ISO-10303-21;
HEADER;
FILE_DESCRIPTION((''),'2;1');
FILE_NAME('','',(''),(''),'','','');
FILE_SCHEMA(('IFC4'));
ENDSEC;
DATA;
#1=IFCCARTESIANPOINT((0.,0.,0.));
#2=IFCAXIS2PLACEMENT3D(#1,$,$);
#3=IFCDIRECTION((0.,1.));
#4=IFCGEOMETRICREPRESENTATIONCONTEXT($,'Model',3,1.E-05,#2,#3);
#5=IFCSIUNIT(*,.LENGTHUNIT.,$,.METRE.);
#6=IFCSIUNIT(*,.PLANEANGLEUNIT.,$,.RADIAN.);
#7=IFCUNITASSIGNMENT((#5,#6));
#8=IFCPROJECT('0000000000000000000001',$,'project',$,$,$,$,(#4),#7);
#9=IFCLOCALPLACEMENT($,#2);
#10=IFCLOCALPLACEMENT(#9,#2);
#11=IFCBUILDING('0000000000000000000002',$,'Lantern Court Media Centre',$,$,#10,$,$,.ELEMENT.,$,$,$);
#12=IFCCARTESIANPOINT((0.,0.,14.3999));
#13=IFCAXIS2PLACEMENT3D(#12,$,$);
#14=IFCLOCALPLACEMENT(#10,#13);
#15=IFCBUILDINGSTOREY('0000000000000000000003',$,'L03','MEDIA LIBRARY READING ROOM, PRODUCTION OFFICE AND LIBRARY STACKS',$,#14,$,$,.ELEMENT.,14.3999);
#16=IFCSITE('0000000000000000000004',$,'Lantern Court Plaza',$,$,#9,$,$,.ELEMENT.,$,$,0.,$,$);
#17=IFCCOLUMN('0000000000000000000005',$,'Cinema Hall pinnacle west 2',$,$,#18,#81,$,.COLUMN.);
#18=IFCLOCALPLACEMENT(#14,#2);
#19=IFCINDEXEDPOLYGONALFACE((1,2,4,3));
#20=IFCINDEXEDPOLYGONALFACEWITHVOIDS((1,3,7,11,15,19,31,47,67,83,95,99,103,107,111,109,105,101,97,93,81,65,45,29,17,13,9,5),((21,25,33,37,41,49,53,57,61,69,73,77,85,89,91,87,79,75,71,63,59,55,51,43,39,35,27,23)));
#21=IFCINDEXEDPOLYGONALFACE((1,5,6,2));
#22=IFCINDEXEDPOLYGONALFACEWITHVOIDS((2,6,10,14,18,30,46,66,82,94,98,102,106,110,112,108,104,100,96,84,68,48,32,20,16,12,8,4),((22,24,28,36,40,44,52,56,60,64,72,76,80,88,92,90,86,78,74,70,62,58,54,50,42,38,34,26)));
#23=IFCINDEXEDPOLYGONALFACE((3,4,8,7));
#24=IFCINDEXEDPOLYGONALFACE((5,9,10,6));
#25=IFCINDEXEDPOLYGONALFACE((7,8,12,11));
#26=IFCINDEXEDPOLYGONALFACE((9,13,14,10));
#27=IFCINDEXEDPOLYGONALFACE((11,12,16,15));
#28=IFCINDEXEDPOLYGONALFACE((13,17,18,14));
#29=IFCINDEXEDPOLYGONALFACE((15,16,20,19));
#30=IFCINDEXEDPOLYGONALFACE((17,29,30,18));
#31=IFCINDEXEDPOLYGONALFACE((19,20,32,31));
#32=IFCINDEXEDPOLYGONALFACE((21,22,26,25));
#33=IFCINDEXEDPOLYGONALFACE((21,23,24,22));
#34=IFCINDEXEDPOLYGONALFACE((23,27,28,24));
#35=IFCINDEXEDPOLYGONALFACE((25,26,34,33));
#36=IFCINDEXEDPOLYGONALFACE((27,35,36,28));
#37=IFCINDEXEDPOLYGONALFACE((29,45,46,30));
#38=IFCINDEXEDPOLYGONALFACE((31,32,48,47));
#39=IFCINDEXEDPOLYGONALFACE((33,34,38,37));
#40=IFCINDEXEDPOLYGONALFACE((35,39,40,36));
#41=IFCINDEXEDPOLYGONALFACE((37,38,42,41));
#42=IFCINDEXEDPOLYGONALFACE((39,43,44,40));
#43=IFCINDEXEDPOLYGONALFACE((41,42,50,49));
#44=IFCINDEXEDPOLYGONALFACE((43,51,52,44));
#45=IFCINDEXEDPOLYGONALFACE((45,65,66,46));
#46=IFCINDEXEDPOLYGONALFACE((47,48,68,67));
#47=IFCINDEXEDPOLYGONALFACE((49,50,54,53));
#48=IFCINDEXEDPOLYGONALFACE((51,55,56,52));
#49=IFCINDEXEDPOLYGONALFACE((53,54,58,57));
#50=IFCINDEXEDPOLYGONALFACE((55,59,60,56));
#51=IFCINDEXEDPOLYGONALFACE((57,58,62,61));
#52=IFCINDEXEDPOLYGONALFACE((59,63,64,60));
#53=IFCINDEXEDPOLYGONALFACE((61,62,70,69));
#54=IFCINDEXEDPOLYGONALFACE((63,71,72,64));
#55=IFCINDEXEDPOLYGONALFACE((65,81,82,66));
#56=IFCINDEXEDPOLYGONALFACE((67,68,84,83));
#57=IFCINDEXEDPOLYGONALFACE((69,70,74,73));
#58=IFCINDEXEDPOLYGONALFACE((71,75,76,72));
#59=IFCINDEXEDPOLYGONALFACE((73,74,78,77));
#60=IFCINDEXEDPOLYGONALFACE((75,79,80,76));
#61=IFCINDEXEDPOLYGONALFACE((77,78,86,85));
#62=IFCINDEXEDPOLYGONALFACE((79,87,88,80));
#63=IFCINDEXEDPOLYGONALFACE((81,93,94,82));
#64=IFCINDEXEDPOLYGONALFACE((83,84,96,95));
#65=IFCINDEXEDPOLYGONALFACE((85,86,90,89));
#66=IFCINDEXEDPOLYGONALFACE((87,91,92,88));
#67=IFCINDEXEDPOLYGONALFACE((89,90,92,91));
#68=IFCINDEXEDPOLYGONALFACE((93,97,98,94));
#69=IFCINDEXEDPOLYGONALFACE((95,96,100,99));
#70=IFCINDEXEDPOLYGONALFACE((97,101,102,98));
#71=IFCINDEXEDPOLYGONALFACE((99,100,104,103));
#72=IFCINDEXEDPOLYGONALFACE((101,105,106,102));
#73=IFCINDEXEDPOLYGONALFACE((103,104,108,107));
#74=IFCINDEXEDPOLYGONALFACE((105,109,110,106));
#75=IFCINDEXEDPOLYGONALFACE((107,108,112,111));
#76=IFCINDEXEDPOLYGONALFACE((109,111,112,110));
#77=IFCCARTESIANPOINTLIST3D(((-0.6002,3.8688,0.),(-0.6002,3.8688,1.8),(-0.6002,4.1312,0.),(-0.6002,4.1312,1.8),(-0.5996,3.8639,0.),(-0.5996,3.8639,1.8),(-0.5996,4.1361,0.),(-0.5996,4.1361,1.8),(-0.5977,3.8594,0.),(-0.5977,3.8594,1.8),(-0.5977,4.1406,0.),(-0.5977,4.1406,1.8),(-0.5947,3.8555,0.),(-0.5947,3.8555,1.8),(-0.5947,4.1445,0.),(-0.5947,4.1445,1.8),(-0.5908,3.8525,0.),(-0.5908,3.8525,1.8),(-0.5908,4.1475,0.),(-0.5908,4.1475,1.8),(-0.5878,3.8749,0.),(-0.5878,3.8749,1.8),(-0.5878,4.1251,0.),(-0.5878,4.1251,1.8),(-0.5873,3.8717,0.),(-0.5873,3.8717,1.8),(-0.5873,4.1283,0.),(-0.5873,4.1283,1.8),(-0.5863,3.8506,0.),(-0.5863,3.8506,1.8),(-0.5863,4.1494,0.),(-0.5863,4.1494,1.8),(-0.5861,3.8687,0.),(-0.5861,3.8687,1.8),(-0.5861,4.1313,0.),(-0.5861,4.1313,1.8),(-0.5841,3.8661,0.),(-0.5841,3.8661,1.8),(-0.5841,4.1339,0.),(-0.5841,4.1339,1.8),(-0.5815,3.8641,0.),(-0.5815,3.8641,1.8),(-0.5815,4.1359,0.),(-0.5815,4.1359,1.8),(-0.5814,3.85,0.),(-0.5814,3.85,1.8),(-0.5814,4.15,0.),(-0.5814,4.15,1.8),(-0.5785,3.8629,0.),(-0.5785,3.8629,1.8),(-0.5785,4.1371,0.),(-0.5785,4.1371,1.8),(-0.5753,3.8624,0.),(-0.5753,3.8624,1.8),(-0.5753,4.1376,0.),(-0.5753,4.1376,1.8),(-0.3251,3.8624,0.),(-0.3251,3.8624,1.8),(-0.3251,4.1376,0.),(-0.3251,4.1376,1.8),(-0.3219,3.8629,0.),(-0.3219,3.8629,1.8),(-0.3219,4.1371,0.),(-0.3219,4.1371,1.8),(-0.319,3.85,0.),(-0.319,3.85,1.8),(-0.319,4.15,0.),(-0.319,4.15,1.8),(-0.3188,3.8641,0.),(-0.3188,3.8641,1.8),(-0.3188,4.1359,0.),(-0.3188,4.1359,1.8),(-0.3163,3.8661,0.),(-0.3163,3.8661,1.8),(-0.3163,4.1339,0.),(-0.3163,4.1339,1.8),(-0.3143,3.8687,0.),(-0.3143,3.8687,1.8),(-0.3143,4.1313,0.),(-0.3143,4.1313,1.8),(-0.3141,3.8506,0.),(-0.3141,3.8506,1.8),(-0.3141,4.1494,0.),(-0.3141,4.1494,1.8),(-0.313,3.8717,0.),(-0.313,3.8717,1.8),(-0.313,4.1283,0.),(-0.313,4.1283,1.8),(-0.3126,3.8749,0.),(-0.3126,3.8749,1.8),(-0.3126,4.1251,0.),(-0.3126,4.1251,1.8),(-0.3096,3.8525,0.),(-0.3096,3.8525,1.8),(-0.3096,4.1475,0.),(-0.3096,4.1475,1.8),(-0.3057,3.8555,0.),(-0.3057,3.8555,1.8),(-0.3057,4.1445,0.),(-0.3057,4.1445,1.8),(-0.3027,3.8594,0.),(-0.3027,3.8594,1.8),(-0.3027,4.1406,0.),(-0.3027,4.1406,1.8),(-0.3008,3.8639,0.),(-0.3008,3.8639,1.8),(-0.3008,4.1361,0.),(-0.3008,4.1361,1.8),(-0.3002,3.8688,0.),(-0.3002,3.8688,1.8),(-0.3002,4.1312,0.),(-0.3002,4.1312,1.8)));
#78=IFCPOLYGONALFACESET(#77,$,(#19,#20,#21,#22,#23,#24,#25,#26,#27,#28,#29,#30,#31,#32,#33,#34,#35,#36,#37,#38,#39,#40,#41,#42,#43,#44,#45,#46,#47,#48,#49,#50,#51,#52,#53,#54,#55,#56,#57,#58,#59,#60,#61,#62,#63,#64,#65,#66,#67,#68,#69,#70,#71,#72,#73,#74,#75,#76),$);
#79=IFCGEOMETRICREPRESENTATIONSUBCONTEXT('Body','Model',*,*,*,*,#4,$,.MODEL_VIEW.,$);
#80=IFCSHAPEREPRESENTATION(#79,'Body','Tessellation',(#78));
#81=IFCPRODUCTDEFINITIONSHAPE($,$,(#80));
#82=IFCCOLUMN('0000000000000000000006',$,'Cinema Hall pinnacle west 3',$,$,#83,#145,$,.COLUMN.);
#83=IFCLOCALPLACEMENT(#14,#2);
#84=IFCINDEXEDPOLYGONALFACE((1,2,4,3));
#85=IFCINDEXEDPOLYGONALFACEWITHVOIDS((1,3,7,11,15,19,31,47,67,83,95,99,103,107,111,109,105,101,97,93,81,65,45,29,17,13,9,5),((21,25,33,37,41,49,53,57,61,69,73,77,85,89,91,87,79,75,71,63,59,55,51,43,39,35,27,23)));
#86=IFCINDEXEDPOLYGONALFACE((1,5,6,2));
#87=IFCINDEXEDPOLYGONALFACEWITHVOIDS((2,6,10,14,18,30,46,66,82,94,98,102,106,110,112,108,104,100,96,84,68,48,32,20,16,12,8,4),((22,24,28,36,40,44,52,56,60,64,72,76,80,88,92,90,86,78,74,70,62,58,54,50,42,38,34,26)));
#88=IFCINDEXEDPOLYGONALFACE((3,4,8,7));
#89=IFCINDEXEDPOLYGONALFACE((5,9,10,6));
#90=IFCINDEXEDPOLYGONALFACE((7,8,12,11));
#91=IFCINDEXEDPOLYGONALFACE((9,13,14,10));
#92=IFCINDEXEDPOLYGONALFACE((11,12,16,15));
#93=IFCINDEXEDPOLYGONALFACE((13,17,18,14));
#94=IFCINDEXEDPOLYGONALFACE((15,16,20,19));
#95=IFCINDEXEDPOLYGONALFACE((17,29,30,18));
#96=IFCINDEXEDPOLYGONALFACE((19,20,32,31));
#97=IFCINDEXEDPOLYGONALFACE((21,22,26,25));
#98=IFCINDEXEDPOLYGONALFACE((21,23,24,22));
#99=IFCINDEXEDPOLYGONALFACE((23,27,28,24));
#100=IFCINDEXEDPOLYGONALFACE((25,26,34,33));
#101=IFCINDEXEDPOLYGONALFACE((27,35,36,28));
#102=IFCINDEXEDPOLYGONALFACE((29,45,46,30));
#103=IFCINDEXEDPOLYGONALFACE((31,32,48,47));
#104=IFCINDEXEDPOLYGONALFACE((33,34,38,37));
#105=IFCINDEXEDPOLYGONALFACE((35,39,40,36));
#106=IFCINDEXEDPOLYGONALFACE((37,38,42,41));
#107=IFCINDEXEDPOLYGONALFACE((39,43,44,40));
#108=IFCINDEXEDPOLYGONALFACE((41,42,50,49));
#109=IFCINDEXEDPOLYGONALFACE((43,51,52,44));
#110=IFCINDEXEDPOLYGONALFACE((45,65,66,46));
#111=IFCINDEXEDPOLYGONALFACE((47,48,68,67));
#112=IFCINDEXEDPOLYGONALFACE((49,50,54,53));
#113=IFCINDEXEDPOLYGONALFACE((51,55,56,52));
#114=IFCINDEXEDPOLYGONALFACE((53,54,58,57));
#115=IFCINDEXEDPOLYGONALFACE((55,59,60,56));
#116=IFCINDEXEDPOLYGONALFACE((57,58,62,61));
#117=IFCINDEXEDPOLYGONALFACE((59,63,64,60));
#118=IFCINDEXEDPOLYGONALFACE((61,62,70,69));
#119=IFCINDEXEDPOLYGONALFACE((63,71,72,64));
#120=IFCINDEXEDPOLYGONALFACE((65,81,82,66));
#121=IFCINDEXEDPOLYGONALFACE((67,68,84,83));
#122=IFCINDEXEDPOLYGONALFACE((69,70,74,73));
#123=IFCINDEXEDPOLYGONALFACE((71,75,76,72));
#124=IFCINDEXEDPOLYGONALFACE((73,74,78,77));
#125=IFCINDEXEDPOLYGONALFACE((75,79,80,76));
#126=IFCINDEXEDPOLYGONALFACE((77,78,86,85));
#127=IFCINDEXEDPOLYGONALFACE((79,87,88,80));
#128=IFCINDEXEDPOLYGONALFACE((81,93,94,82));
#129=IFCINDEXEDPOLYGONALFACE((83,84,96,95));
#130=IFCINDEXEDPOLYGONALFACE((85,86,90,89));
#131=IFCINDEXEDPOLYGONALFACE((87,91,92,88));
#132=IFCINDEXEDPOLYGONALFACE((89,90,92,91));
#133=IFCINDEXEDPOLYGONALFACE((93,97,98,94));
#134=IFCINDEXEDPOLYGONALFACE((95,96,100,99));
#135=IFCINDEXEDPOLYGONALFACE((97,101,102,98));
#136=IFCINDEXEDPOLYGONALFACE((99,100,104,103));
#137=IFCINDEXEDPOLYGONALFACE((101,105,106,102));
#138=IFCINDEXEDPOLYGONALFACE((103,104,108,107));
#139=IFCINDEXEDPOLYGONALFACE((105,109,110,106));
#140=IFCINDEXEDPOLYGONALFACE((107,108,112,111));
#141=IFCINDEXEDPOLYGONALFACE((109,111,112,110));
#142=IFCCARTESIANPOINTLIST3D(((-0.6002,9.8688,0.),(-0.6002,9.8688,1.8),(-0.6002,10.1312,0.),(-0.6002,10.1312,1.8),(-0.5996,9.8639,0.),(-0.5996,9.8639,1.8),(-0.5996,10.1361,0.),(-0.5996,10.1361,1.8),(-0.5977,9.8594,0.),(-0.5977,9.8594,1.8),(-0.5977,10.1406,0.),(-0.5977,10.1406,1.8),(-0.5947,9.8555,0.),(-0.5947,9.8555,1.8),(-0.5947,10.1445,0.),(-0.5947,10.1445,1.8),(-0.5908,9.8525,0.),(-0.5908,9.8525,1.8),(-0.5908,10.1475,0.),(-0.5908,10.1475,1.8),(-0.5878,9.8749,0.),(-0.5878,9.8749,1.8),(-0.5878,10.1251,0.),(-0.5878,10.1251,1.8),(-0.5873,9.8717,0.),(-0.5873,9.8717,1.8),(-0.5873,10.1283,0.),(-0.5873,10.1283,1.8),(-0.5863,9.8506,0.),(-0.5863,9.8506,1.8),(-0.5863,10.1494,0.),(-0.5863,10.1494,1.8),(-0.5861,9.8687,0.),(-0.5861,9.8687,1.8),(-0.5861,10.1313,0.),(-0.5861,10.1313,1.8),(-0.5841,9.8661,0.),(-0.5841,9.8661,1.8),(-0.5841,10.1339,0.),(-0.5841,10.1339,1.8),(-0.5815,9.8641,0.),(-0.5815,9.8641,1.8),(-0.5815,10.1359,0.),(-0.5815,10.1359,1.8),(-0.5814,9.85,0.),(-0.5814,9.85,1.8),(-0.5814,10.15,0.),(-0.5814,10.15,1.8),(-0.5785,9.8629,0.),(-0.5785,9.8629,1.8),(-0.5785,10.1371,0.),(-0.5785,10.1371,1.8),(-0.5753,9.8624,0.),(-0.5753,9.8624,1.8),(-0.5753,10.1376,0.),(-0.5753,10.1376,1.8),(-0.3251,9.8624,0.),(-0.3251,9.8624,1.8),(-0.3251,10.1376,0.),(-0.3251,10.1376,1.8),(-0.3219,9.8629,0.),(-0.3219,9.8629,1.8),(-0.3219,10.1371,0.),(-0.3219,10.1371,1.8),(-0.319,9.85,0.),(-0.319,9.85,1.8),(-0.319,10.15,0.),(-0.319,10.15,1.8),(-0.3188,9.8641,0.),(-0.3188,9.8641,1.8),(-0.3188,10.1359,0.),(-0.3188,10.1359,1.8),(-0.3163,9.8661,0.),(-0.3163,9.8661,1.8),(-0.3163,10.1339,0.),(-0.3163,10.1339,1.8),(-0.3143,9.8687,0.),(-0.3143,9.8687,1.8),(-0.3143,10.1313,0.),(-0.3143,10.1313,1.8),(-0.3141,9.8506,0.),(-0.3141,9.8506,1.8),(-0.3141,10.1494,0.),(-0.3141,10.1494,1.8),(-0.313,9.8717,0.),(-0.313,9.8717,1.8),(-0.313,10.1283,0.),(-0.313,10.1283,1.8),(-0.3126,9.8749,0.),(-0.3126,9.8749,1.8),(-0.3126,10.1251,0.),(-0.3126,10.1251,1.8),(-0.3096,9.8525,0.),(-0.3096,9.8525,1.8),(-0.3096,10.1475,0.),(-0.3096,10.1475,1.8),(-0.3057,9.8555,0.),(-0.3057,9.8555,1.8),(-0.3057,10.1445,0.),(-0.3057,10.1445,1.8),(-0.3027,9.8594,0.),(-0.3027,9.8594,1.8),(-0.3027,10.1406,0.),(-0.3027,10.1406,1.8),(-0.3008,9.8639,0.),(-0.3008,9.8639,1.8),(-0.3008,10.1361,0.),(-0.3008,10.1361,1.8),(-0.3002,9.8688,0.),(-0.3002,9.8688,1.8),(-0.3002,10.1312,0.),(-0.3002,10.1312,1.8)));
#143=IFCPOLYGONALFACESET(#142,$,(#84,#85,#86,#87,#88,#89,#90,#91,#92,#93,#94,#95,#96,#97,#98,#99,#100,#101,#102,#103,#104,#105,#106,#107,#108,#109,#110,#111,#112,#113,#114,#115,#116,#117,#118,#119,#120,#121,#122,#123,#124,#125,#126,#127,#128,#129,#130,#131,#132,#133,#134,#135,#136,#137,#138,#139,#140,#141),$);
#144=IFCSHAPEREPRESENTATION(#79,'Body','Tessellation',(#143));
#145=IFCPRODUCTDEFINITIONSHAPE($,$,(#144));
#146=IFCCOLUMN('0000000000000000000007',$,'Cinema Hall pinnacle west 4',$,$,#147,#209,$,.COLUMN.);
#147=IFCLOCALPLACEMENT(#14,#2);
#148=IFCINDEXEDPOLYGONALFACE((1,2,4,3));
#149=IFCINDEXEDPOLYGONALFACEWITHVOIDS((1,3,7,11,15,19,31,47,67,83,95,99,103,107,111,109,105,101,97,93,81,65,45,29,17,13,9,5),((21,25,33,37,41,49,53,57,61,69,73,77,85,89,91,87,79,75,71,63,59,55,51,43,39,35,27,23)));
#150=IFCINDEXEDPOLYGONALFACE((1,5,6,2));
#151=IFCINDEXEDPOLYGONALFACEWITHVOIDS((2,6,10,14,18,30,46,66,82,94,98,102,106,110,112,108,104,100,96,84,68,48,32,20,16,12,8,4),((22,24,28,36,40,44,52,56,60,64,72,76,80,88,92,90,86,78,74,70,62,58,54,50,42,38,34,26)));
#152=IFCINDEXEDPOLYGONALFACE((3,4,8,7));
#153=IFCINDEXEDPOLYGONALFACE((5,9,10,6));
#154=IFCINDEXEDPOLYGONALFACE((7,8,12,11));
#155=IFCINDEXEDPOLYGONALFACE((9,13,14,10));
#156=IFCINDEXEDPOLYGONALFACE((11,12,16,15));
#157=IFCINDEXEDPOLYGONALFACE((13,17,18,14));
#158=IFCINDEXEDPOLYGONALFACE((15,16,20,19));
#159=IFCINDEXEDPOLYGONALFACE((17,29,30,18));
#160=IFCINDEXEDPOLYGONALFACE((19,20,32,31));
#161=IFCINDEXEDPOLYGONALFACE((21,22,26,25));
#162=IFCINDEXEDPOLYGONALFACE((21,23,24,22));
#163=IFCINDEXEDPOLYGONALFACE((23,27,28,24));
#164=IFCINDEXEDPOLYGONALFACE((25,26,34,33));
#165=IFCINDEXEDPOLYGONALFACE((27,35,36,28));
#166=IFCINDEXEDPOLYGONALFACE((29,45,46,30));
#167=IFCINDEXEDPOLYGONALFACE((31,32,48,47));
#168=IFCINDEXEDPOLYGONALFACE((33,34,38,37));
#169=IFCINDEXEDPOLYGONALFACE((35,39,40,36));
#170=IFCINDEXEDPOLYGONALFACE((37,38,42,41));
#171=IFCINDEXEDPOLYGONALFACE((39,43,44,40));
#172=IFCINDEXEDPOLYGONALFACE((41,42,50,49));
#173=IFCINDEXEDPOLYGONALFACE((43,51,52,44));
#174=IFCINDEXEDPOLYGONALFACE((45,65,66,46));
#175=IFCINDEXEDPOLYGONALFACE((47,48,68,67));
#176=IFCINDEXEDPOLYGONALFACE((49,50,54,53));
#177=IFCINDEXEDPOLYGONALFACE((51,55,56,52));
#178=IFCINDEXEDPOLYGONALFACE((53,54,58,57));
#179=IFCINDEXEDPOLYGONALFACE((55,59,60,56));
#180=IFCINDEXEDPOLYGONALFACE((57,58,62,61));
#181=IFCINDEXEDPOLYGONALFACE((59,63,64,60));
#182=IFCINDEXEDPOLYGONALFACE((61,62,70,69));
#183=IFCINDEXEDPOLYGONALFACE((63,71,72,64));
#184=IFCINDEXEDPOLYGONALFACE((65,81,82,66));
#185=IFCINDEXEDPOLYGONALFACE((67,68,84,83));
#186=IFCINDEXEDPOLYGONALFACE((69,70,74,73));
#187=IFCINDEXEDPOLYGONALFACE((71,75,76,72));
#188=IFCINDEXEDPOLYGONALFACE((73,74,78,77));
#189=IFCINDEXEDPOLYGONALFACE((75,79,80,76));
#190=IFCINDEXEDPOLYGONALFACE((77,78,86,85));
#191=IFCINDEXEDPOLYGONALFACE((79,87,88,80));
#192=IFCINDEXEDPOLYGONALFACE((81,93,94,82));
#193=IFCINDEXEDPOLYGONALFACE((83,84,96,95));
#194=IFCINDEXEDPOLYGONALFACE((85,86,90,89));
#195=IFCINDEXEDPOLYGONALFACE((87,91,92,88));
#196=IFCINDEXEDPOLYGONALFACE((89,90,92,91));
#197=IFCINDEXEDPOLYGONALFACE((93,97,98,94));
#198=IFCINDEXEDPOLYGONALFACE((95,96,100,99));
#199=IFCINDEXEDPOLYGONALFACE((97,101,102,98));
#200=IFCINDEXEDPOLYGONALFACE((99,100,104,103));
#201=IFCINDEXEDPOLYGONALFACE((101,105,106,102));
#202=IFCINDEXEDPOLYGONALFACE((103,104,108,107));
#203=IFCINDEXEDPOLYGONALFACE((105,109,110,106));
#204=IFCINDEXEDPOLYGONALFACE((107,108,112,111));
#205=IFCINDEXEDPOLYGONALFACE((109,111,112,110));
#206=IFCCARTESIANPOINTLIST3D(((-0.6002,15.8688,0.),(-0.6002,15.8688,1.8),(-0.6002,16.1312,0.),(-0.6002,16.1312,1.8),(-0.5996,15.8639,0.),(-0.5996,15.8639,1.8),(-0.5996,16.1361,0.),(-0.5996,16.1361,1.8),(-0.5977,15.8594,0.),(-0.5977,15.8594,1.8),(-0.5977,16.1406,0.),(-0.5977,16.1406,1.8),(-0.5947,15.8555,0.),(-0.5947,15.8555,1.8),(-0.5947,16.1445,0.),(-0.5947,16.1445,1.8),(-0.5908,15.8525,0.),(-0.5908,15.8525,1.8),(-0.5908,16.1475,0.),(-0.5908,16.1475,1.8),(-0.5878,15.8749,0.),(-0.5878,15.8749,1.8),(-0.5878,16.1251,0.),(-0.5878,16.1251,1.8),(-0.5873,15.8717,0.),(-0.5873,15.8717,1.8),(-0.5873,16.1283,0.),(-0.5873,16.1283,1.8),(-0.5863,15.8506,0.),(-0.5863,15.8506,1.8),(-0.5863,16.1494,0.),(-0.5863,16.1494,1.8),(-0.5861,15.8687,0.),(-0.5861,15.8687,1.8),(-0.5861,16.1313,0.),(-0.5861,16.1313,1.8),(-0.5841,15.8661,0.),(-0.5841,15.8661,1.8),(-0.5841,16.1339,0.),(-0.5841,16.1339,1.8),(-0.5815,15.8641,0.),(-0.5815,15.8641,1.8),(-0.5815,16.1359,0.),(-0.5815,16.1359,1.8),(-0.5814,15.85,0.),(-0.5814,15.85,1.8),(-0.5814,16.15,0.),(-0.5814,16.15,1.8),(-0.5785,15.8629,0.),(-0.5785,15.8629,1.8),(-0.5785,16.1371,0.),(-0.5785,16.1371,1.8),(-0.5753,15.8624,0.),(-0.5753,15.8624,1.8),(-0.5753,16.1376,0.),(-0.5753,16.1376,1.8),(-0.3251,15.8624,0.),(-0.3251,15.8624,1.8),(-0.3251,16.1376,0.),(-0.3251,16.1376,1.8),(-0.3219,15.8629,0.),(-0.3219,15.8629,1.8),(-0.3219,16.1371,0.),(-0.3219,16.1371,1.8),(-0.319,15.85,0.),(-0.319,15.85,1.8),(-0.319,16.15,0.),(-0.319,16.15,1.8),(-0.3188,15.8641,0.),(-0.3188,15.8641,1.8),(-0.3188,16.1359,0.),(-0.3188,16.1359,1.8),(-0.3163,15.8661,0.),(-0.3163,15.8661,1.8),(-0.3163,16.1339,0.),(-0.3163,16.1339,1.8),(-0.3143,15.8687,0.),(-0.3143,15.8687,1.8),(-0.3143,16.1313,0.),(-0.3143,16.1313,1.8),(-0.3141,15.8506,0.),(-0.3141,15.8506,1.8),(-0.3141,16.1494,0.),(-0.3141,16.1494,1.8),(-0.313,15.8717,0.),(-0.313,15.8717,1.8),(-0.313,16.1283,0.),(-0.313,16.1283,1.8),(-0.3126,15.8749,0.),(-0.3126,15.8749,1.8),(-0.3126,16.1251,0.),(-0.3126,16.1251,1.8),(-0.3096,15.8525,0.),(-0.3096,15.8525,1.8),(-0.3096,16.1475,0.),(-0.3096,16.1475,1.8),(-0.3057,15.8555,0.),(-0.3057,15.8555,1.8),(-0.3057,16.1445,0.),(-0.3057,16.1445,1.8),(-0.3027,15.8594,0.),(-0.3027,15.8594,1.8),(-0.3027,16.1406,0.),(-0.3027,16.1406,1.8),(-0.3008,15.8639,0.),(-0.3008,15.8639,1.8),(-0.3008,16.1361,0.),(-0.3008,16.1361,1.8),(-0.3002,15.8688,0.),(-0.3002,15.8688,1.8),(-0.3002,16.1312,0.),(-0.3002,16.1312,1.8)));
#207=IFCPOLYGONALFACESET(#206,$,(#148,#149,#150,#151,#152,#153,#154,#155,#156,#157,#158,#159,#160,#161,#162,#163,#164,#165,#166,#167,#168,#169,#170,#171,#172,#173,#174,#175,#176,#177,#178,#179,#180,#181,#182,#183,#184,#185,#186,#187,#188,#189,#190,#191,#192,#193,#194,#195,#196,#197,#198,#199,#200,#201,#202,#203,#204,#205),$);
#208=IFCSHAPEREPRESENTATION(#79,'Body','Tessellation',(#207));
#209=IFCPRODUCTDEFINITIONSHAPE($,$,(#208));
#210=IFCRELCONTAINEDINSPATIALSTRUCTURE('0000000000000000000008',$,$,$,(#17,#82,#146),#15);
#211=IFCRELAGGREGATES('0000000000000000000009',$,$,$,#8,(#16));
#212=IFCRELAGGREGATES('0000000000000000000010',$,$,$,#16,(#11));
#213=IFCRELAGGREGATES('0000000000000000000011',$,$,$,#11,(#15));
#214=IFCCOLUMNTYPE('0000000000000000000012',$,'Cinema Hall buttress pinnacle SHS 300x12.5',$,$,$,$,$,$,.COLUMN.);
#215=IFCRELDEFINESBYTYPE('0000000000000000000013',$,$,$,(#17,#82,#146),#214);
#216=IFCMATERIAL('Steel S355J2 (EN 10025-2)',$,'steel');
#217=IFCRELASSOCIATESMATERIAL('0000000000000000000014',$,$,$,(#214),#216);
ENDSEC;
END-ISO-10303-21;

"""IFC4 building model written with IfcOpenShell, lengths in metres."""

from ifc_helpers import new_model, si_unit, direction, frame, origin, origin_2d, place, context, subcontext, project, spatial, hollow_rectangle, extrude, material, material_profile, profile_set, type_object, element, save


model = new_model("IFC4")

# Units and contexts
model_context = context("Model", 3, precision=1e-05, world=origin(), true_north=direction((0.0, 1.0)))
body_context = subcontext(model_context, "Body", "Model", "MODEL_VIEW")
ifc_project = project(units=[si_unit("LENGTHUNIT", "METRE"), si_unit("PLANEANGLEUNIT", "RADIAN")], contexts=[model_context])

# Site, building, storey
site_placement = place(None, origin())
site = spatial("IfcSite", under=ifc_project, at=site_placement, Name="Lantern Court Plaza", CompositionType="ELEMENT", RefElevation=0.0)
building_placement = place(site_placement, origin())
building = spatial("IfcBuilding", under=site, at=building_placement, Name="Lantern Court Media Centre", CompositionType="ELEMENT")
storey_placement = place(building_placement, frame((0.0, 0.0, 14.3999)))
storey = spatial("IfcBuildingStorey", under=building, at=storey_placement, Name="L03", Description="MEDIA LIBRARY READING ROOM, PRODUCTION OFFICE AND LIBRARY STACKS", CompositionType="ELEMENT", Elevation=14.3999)

# Columns
ifc_material_1 = material(Name="Steel S355J2 (EN 10025-2)", Category="steel")
ifc_material_profile = material_profile(ifc_material_1, hollow_rectangle(XDim=0.3, YDim=0.3, WallThickness=0.0125, InnerFilletRadius=0.0125, OuterFilletRadius=0.0188, at=origin_2d()), Name="Cinema Hall buttress pinnacle SHS 300x12.5")
ifc_profile_set = profile_set([ifc_material_profile], Name="Steel S355J2 (EN 10025-2)")
column_type = type_object("IfcColumnType", Name="Cinema Hall buttress pinnacle SHS 300x12.5", PredefinedType="COLUMN", material=ifc_profile_set)
for number, where, z_axis, x_axis, name in (
    (1, (-0.4502, 4.0, 0.0), (0.0, 0.0, 1.0), (1.0, 0.0, 0.0), "Cinema Hall pinnacle west 2"),
    (2, (-0.4502, 10.0, 0.0), (0.0, 0.0, 1.0), (1.0, 0.0, 0.0), "Cinema Hall pinnacle west 3"),
    (3, (-0.4502, 16.0, 0.0), (0.0, 0.0, 1.0), (1.0, 0.0, 0.0), "Cinema Hall pinnacle west 4"),
):
    element("IfcColumn", number, at=place(storey_placement, frame(where, z_axis=z_axis, x_axis=x_axis)), inside=storey, type_object=column_type, Name=name, PredefinedType="COLUMN", context=body_context, shape_type="SweptSolid", body=[
        extrude(hollow_rectangle(XDim=0.3, YDim=0.3, WallThickness=0.0125, InnerFilletRadius=0.0125, OuterFilletRadius=0.0188, at=origin_2d()), origin(), (0.0, 0.0, 1.0), 1.8),
    ])

save(model, "model.ifc")
